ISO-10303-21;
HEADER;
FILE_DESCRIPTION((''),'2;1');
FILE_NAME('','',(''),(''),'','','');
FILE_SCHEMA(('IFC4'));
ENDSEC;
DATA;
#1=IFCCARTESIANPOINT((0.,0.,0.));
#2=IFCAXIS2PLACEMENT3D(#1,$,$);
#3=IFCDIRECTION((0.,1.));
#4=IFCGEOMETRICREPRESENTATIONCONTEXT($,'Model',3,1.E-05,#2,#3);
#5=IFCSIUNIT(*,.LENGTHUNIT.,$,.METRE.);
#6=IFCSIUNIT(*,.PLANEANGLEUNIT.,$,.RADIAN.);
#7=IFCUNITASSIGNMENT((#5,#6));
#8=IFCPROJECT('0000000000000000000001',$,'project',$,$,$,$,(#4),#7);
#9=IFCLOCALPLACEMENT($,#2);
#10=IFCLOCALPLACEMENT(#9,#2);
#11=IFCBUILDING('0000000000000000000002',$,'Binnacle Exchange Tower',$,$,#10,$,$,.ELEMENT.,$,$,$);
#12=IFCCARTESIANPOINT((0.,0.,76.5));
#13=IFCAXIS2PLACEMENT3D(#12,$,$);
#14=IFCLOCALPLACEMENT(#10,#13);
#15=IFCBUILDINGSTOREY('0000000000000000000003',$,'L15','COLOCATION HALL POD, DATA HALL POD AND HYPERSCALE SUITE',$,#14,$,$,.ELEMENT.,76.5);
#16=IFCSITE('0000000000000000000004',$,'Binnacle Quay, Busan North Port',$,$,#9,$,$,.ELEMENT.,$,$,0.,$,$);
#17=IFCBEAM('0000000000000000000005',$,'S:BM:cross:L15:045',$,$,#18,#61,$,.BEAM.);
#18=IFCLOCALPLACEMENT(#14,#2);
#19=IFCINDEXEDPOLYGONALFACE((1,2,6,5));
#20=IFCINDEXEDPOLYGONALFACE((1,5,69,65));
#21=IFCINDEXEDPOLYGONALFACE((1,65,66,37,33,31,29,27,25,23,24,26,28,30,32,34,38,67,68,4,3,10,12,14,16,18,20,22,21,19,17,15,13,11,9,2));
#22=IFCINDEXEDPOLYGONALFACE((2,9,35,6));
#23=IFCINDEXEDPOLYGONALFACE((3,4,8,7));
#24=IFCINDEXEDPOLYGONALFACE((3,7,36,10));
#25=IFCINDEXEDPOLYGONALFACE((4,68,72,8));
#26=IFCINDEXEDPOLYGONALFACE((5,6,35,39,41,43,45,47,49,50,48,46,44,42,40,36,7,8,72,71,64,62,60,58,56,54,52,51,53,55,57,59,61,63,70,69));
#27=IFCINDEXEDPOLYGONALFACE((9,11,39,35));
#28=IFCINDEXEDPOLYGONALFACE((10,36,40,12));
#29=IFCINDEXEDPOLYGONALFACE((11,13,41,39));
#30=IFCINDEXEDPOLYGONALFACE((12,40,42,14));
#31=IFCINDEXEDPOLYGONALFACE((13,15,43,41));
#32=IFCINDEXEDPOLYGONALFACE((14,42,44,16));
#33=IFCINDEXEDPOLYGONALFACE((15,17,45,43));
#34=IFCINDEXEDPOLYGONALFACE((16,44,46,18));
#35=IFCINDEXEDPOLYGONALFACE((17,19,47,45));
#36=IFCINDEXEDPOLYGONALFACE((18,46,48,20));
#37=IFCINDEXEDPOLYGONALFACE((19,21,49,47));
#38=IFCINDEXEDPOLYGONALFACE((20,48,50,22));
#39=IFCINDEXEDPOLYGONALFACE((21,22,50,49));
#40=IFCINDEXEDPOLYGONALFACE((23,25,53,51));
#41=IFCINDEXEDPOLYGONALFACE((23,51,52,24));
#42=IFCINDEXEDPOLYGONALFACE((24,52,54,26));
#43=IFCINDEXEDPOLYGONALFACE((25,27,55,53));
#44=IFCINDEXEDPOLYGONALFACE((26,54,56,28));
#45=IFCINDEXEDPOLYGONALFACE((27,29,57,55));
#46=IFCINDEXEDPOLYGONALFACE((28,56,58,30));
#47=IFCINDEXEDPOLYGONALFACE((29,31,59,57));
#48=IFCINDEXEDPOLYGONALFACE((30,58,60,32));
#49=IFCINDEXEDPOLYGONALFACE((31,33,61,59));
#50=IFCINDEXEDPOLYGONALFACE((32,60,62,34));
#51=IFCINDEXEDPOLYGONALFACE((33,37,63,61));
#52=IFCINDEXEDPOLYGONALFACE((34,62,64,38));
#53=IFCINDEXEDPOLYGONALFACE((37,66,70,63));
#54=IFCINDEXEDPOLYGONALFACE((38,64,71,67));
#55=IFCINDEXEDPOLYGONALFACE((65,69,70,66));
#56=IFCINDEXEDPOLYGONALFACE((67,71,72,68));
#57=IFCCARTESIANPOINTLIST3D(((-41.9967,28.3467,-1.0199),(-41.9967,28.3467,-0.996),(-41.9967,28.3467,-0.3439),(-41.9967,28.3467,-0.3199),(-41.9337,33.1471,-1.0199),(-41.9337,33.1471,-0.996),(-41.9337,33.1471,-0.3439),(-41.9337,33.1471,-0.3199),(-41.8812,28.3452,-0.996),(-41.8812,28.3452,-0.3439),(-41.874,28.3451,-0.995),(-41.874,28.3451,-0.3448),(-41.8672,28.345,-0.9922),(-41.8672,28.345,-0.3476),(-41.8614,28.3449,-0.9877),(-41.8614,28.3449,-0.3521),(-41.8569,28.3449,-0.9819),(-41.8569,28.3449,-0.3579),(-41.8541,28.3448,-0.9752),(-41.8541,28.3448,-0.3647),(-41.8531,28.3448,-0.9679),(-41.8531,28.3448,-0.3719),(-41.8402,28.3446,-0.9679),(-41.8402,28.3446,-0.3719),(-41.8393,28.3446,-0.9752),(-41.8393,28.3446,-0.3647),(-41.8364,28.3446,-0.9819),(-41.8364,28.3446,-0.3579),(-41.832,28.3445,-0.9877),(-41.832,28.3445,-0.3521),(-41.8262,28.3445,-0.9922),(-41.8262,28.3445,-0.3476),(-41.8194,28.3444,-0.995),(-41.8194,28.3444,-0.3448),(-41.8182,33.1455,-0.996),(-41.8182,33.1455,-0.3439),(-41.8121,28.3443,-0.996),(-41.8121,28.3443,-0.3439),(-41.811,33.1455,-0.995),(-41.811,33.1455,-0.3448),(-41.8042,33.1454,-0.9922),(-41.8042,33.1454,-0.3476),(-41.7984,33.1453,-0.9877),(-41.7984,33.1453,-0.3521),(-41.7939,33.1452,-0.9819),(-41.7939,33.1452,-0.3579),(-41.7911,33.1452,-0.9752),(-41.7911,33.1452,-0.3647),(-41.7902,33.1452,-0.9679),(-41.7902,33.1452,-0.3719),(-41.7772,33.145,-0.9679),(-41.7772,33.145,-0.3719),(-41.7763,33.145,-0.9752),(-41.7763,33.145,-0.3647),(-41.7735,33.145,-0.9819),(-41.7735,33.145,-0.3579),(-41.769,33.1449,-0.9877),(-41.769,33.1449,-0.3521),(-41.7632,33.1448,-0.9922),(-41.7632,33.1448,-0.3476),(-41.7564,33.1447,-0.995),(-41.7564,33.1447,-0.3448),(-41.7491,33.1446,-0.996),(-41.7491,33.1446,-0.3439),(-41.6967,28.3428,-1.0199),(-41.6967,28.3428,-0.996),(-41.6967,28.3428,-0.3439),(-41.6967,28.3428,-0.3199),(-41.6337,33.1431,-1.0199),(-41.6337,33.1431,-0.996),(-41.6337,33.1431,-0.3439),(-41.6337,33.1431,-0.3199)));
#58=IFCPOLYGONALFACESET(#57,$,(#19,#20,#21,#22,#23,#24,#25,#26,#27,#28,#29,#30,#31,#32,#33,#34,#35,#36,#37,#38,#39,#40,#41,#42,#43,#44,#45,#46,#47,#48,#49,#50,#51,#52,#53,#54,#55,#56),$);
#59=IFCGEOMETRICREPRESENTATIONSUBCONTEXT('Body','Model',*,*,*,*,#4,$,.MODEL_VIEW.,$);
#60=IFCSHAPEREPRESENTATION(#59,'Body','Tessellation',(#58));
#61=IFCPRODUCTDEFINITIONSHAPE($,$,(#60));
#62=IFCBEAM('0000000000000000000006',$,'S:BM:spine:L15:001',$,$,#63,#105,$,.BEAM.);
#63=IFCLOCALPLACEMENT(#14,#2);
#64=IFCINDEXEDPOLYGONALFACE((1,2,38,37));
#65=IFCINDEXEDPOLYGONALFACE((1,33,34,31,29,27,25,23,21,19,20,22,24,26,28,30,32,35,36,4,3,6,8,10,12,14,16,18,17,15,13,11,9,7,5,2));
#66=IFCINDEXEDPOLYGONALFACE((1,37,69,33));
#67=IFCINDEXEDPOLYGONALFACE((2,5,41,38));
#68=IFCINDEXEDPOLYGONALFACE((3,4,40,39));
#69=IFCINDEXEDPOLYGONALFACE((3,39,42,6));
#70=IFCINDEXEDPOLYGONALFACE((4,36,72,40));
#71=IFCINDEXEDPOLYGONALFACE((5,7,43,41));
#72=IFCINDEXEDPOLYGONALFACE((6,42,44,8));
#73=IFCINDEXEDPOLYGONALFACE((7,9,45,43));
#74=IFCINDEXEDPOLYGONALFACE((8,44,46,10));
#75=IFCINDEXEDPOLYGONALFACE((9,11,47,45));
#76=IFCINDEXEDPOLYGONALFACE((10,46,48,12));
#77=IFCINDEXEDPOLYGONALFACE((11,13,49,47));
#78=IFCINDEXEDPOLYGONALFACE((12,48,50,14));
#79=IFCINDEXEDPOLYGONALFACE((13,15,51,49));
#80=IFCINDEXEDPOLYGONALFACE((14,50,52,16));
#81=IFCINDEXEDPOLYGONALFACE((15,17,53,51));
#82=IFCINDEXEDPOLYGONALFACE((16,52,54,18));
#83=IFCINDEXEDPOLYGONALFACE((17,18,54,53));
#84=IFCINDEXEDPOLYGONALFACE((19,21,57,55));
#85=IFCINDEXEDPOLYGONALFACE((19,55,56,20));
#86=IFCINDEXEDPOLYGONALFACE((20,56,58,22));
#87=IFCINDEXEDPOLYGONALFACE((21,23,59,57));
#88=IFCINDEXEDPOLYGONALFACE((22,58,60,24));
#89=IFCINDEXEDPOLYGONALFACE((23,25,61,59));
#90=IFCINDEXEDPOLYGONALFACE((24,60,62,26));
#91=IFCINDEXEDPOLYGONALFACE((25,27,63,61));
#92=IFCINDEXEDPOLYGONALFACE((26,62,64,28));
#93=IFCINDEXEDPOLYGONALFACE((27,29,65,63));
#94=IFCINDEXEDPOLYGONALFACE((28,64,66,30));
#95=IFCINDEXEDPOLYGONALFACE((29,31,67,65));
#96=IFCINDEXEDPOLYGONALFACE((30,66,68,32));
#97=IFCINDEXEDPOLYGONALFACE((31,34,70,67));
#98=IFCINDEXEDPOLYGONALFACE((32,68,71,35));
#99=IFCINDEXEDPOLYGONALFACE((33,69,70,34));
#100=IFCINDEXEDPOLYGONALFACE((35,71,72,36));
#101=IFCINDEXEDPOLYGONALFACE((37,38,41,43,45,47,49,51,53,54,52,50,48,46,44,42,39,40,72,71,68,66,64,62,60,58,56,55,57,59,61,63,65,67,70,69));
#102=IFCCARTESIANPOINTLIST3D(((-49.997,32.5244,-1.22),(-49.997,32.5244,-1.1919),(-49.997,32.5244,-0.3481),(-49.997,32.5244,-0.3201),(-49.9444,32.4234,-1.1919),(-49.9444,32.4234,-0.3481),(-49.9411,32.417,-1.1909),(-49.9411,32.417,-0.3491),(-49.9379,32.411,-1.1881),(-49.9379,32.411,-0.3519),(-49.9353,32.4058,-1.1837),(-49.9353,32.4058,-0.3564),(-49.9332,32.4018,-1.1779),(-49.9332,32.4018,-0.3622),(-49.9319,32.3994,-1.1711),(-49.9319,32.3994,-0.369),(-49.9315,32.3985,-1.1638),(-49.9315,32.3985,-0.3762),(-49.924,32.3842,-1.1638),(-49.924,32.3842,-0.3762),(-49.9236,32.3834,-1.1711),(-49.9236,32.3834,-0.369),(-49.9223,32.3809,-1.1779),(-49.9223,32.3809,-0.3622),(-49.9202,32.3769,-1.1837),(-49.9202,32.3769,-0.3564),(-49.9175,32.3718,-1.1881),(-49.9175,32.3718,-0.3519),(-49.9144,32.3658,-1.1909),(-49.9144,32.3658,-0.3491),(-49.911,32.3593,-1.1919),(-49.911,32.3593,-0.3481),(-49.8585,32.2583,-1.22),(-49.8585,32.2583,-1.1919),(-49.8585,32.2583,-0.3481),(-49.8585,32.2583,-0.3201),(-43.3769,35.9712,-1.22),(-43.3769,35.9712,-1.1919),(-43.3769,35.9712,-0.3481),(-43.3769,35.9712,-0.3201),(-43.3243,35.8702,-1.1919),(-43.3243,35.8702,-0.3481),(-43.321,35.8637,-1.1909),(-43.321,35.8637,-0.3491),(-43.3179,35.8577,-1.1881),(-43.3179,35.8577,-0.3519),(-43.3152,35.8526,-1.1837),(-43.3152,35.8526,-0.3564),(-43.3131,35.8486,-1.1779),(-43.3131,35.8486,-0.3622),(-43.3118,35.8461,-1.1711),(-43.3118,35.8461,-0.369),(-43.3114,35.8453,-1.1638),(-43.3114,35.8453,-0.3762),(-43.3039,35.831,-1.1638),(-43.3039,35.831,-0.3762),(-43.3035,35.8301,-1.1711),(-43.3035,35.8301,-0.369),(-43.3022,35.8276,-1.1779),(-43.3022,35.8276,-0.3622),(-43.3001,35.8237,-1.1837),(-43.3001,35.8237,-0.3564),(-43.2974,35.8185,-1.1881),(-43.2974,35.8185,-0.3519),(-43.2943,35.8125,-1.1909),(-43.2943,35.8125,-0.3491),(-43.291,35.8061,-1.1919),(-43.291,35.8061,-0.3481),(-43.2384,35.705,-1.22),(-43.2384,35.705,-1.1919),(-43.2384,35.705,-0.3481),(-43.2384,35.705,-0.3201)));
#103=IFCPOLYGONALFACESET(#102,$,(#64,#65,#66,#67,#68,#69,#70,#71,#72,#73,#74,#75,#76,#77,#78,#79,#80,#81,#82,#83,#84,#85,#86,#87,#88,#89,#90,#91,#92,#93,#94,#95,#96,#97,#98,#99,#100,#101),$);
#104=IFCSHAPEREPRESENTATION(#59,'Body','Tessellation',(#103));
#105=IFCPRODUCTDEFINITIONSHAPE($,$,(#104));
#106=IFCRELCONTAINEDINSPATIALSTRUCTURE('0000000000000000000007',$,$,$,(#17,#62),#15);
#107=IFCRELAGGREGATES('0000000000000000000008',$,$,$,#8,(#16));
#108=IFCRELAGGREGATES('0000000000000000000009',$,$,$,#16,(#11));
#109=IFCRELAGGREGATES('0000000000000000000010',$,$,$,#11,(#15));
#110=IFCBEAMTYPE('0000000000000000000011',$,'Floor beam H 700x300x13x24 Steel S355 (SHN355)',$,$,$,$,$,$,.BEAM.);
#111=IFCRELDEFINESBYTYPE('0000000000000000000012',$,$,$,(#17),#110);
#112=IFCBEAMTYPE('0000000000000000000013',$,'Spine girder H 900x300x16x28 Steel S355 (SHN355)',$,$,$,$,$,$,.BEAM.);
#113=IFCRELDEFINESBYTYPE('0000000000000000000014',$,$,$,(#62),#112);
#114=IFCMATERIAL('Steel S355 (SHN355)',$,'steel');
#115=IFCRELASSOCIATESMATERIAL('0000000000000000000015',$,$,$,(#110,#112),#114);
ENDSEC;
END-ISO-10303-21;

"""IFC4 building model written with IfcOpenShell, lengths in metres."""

from ifc_helpers import new_model, si_unit, direction, frame, origin, origin_2d, place, context, subcontext, project, spatial, i_section, extrude, material, material_profile, profile_set, type_object, element, save


model = new_model("IFC4")

# Units and contexts
model_context = context("Model", 3, precision=1e-05, world=origin(), true_north=direction((0.0, 1.0)))
body_context = subcontext(model_context, "Body", "Model", "MODEL_VIEW")
ifc_project = project(units=[si_unit("LENGTHUNIT", "METRE"), si_unit("PLANEANGLEUNIT", "RADIAN")], contexts=[model_context])

# Site, building, storey
site_placement = place(None, origin())
site = spatial("IfcSite", under=ifc_project, at=site_placement, Name="Binnacle Quay, Busan North Port", CompositionType="ELEMENT", RefElevation=0.0)
building_placement = place(site_placement, origin())
building = spatial("IfcBuilding", under=site, at=building_placement, Name="Binnacle Exchange Tower", CompositionType="ELEMENT")
storey_placement = place(building_placement, frame((0.0, 0.0, 76.5)))
storey = spatial("IfcBuildingStorey", under=building, at=storey_placement, Name="L15", Description="COLOCATION HALL POD, DATA HALL POD AND HYPERSCALE SUITE", CompositionType="ELEMENT", Elevation=76.5)

# Beams
ifc_material_1 = material(Name="Steel S355 (SHN355)", Category="steel")
ifc_material_profile_1 = material_profile(ifc_material_1, i_section(OverallWidth=0.3, OverallDepth=0.7, WebThickness=0.0129, FlangeThickness=0.0239, FilletRadius=0.0281, at=origin_2d()), Name="H 700x300x13x24")
ifc_profile_set_1 = profile_set([ifc_material_profile_1], Name="Steel S355 (SHN355)")
beam_type_1 = type_object("IfcBeamType", Name="Floor beam H 700x300x13x24 Steel S355 (SHN355)", PredefinedType="BEAM", material=ifc_profile_set_1)
beam_1_placement = place(storey_placement, frame((-41.8467, 28.3447, -0.6699), z_axis=(0.013121, 0.999914, 0.0), x_axis=(-0.999914, 0.013121, 0.0)))
element("IfcBeam", 1, at=beam_1_placement, inside=storey, type_object=beam_type_1, Name="S:BM:cross:L15:045", PredefinedType="BEAM", context=body_context, shape_type="SweptSolid", body=[
    extrude(i_section(OverallWidth=0.3, OverallDepth=0.7, WebThickness=0.0129, FlangeThickness=0.0239, FilletRadius=0.0281, at=origin_2d()), origin(), (0.0, 0.0, 1.0), 4.8008),
])
ifc_material_profile_2 = material_profile(ifc_material_1, i_section(OverallWidth=0.3, OverallDepth=0.8999, WebThickness=0.0161, FlangeThickness=0.0281, FilletRadius=0.0281, at=origin_2d()), Name="H 900x300x16x28")
ifc_profile_set_2 = profile_set([ifc_material_profile_2], Name="Steel S355 (SHN355)")
beam_type_2 = type_object("IfcBeamType", Name="Spine girder H 900x300x16x28 Steel S355 (SHN355)", PredefinedType="BEAM", material=ifc_profile_set_2)
beam_2_placement = place(storey_placement, frame((-49.9277, 32.3914, -0.77), z_axis=(0.88698, 0.461808, 0.0), x_axis=(-0.461808, 0.88698, 0.0)))
element("IfcBeam", 2, at=beam_2_placement, inside=storey, type_object=beam_type_2, Name="S:BM:spine:L15:001", PredefinedType="BEAM", context=body_context, shape_type="SweptSolid", body=[
    extrude(i_section(OverallWidth=0.3, OverallDepth=0.8999, WebThickness=0.0161, FlangeThickness=0.0281, FilletRadius=0.0281, at=origin_2d()), origin(), (0.0, 0.0, 1.0), 7.4636),
])

save(model, "model.ifc")
